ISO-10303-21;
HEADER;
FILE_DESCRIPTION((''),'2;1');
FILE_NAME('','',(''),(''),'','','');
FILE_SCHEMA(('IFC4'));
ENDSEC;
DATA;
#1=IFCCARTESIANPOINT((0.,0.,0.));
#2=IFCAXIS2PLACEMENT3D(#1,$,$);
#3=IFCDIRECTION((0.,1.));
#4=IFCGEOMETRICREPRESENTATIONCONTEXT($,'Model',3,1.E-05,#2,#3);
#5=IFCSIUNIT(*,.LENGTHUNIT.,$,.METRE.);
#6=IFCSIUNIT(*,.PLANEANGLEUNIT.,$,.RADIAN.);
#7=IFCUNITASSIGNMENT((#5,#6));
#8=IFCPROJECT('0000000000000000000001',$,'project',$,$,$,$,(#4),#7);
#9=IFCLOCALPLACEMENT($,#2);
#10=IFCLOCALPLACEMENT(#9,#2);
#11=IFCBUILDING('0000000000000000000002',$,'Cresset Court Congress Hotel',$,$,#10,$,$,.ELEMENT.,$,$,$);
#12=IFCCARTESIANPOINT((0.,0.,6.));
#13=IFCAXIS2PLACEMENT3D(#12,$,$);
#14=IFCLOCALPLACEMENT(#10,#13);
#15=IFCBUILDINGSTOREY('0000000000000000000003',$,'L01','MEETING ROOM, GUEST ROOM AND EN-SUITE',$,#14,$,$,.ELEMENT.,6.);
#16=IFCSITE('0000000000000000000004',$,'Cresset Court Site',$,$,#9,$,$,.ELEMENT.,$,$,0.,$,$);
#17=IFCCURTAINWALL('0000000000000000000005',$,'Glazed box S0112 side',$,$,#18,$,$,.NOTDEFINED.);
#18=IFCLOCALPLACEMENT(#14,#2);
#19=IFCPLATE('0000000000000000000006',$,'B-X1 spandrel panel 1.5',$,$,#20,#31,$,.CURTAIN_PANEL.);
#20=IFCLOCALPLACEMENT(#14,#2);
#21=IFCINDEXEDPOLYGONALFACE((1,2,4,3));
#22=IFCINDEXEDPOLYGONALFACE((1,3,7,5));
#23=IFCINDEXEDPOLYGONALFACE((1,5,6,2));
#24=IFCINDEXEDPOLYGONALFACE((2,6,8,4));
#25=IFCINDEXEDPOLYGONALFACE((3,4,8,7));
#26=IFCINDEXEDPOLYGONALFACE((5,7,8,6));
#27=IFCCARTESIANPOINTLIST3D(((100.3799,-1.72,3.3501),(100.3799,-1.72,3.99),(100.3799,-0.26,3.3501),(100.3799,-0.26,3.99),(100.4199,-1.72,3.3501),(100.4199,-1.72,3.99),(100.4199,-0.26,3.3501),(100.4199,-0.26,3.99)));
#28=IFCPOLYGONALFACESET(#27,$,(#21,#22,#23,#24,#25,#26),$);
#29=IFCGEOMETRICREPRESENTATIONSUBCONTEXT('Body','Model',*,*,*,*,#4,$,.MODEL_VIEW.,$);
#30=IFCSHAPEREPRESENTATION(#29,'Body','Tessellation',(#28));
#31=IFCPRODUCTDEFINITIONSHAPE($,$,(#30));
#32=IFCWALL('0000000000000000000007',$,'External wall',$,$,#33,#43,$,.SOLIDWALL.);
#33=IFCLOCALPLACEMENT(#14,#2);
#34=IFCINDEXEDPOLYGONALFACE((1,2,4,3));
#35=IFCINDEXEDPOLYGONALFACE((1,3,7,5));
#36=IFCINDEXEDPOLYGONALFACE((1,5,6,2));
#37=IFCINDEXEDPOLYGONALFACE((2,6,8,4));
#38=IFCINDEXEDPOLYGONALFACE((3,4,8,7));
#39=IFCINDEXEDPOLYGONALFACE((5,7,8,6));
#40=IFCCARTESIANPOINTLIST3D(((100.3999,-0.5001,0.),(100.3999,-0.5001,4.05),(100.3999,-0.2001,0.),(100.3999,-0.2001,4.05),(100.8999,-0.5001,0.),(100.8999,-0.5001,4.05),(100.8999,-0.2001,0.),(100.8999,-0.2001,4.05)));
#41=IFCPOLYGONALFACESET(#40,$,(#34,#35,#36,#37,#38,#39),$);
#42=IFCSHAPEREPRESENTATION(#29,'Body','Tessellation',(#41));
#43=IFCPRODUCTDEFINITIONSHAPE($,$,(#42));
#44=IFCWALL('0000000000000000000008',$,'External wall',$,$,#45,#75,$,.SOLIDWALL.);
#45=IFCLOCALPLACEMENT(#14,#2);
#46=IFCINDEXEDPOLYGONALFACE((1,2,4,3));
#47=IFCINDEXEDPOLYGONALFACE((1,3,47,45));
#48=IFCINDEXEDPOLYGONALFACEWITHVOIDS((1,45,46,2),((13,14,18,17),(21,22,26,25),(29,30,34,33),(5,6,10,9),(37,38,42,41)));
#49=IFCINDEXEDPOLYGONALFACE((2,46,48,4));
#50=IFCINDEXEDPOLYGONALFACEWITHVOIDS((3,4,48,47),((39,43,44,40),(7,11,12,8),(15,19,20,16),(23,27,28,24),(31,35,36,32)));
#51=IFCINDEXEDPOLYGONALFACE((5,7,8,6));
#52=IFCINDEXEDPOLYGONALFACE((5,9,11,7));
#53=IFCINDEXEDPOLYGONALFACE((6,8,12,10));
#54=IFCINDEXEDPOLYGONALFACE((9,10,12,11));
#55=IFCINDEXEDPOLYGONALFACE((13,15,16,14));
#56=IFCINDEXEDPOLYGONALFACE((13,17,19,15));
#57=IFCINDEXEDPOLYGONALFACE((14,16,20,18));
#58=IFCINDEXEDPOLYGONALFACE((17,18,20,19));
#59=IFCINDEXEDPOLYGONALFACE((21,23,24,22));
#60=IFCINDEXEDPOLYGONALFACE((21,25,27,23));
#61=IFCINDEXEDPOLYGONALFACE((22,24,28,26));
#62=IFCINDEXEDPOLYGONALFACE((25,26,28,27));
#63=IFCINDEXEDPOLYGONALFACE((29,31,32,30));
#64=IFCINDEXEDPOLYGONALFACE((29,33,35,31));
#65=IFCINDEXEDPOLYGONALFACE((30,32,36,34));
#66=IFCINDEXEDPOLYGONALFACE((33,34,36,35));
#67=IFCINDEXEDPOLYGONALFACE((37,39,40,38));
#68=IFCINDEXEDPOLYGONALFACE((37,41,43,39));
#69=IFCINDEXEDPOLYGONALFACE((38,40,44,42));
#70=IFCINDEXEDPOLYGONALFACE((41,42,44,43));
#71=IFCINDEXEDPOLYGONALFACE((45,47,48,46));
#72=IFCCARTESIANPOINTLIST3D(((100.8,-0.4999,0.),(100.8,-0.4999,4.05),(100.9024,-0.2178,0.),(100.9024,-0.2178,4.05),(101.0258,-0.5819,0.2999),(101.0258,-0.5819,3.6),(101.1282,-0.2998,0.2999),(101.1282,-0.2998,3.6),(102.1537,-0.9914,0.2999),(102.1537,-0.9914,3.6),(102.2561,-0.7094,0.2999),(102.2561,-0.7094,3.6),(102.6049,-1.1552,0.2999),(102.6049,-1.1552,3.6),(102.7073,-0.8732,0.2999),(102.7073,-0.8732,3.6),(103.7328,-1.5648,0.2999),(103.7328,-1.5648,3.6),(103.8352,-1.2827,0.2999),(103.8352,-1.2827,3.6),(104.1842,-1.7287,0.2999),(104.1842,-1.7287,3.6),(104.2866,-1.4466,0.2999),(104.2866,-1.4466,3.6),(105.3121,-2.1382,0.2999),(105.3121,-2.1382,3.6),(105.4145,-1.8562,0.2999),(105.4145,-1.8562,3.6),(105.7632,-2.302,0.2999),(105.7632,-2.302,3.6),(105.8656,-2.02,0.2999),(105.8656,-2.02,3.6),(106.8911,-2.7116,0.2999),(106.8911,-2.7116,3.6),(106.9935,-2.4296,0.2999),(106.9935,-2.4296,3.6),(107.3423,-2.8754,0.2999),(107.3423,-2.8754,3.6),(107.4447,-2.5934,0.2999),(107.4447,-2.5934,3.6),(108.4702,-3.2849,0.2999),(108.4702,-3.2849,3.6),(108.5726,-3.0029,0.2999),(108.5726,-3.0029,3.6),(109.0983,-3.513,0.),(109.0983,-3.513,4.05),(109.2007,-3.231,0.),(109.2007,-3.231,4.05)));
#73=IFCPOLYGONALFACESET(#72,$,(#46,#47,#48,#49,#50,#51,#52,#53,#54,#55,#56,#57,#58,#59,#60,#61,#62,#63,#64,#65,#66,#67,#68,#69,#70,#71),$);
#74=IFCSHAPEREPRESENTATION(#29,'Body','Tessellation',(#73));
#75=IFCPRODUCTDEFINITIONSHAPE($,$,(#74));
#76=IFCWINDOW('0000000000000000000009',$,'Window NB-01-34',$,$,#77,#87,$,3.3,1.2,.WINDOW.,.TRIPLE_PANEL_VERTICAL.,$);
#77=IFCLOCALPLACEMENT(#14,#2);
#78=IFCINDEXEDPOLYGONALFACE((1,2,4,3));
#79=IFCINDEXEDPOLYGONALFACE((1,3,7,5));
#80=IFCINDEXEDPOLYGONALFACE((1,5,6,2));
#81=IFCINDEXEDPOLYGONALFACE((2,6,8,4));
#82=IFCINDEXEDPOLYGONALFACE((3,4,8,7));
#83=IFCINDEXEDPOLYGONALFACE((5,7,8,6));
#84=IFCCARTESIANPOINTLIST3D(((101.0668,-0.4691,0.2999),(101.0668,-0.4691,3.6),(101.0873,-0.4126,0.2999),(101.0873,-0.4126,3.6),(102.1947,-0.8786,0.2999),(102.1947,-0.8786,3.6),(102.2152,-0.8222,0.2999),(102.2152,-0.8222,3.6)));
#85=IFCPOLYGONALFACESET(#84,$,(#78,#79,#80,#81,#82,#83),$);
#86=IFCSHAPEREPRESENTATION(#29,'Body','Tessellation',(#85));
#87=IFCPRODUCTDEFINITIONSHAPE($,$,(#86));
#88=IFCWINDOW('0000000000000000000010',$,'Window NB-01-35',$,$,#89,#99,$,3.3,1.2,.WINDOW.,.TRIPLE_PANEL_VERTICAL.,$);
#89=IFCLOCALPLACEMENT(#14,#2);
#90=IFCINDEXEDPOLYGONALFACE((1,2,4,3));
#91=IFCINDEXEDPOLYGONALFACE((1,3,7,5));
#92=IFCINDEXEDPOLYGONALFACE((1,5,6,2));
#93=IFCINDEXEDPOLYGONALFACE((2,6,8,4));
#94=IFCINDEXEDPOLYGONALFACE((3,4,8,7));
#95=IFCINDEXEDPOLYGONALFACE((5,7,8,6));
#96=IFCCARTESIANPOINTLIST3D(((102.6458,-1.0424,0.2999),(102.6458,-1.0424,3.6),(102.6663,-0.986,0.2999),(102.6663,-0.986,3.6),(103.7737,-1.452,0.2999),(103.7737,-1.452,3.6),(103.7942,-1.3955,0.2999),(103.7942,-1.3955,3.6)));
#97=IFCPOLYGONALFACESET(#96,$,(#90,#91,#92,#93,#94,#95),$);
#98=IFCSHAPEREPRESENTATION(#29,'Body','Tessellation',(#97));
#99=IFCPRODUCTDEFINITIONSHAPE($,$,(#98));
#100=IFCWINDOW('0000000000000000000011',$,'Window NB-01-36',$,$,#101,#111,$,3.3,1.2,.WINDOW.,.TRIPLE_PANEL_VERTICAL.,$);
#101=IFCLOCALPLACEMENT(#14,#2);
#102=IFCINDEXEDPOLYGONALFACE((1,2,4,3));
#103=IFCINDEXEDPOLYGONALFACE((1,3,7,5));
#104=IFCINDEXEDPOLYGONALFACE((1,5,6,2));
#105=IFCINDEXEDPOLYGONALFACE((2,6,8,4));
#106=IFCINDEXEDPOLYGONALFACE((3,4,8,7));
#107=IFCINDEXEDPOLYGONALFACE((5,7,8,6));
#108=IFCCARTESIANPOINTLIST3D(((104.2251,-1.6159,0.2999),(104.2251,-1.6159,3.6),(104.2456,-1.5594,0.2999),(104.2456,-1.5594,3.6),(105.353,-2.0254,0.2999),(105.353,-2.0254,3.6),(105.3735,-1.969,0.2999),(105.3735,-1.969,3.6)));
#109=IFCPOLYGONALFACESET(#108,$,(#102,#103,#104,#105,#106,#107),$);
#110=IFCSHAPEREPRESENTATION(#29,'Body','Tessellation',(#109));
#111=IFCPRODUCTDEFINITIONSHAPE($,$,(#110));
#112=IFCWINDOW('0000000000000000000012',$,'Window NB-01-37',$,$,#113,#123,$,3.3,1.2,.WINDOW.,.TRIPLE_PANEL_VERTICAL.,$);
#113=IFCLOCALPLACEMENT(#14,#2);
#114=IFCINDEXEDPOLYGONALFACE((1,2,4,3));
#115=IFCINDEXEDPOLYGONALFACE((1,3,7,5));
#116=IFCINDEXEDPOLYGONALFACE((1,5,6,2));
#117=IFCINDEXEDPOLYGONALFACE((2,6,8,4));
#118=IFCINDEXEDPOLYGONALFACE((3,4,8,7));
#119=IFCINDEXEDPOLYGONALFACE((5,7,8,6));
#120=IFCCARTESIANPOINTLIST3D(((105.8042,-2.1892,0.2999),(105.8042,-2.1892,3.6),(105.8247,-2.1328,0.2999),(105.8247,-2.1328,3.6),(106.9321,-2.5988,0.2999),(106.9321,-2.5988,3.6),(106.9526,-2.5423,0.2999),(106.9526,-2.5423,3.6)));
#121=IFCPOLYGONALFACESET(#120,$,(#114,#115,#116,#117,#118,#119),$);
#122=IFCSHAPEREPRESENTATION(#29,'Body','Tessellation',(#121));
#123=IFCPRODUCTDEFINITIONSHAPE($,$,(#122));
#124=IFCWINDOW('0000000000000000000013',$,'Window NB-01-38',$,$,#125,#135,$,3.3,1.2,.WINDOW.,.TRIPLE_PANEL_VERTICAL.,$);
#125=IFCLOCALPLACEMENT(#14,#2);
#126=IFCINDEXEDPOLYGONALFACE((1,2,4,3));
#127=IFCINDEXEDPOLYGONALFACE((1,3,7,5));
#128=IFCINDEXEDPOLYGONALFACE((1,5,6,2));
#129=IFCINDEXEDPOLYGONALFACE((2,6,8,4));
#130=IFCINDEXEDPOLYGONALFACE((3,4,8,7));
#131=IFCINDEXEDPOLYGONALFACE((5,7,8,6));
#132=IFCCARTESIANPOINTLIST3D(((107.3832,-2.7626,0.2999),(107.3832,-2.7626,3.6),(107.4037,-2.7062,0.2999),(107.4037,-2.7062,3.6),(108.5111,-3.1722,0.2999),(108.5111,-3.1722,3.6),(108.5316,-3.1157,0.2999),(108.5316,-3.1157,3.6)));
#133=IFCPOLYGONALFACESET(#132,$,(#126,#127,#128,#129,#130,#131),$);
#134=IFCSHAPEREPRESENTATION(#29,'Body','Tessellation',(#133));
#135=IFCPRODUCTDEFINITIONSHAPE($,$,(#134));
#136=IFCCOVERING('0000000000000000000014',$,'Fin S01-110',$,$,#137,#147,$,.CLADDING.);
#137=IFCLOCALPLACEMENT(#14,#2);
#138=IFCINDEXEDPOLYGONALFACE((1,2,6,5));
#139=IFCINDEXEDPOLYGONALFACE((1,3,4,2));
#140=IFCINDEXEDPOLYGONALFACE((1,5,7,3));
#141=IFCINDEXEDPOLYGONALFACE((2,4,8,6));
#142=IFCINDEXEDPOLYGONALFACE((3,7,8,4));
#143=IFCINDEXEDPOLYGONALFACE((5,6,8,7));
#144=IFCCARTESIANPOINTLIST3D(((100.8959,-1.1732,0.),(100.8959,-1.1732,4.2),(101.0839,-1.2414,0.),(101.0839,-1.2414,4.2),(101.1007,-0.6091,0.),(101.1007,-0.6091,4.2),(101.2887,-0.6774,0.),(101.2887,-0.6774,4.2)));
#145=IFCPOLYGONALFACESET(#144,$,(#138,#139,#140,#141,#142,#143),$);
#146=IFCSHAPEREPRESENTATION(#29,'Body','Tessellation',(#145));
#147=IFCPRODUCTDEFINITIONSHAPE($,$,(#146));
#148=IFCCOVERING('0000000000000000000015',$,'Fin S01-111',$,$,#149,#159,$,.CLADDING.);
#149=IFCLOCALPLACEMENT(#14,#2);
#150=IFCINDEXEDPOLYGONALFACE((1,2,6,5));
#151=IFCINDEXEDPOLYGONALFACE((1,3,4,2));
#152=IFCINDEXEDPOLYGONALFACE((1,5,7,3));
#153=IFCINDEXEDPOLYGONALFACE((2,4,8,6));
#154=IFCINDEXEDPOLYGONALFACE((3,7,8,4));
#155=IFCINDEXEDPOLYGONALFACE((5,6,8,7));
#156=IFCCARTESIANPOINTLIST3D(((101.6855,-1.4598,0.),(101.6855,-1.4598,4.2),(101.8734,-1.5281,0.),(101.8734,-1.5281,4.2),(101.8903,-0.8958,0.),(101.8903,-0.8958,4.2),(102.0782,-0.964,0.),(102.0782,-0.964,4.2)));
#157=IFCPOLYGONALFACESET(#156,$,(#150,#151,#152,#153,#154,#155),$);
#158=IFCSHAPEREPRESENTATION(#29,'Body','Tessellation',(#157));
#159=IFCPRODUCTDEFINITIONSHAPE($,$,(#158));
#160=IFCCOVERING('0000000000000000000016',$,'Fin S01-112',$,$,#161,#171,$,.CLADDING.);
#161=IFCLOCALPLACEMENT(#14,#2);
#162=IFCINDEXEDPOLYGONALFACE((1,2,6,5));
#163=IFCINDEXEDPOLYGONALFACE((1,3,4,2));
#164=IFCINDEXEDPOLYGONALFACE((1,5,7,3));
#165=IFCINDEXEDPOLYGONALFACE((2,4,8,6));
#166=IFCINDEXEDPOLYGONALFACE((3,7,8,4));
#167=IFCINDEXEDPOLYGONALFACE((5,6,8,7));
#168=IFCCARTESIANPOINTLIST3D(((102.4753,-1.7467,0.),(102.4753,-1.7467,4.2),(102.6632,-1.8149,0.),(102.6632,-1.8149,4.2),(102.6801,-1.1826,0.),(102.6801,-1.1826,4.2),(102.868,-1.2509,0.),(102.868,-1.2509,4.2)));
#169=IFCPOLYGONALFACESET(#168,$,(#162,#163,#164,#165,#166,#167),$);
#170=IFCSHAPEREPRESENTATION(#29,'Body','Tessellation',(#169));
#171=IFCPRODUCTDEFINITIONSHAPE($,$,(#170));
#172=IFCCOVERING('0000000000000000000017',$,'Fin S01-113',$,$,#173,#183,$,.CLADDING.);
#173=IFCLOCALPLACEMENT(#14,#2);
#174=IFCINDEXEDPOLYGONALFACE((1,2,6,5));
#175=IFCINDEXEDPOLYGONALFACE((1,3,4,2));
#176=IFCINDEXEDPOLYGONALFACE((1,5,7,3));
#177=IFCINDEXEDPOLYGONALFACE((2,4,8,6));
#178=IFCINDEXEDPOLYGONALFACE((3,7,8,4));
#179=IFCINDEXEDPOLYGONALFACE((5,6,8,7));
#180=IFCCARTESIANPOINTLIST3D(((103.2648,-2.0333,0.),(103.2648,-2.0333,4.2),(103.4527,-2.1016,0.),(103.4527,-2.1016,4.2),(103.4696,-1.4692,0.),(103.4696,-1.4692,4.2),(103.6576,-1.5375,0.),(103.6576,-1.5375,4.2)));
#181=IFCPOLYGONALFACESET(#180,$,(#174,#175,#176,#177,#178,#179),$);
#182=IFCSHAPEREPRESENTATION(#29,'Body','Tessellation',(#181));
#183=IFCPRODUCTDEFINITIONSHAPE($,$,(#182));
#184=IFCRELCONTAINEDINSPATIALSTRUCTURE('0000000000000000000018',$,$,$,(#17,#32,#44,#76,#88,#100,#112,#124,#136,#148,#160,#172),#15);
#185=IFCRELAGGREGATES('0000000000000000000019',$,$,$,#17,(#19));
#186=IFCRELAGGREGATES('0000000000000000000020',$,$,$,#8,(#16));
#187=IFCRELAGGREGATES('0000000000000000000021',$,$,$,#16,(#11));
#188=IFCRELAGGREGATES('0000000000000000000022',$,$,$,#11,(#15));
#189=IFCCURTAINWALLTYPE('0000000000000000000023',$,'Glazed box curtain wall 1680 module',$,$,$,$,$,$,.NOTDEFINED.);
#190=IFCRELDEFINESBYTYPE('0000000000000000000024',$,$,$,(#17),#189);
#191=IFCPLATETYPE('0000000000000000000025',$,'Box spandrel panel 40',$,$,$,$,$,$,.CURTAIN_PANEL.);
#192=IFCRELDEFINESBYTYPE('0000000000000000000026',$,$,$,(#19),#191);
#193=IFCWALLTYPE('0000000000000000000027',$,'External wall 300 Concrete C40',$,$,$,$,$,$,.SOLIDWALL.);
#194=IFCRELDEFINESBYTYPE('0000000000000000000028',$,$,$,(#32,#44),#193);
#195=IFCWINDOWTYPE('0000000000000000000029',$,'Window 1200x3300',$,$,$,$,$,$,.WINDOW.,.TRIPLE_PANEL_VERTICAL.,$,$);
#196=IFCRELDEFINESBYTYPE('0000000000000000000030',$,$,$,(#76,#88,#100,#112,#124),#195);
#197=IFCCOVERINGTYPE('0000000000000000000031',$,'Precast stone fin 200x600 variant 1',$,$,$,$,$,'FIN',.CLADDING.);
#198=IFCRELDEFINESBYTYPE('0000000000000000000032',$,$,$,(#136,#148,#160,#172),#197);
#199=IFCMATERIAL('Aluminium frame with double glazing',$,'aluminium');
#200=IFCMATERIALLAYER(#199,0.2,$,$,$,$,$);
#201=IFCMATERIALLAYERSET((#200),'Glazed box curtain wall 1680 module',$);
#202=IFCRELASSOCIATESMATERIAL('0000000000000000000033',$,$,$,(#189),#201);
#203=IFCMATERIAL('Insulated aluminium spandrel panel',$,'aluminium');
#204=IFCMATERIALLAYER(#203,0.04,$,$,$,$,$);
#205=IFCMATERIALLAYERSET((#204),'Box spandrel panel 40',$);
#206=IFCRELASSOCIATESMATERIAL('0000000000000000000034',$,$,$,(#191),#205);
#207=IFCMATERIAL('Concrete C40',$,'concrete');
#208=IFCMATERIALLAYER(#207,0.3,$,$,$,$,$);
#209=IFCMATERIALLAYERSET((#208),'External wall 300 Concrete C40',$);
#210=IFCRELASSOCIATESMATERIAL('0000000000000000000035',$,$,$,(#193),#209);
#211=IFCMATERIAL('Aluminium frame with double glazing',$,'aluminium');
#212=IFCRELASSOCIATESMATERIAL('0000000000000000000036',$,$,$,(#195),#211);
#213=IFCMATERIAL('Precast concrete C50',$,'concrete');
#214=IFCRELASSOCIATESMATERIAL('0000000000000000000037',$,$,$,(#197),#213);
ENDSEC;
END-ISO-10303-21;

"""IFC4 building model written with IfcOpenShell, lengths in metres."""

from ifc_helpers import new_model, si_unit, direction, frame, frame_2d, origin, origin_2d, place, context, subcontext, project, spatial, rectangle, extrude, material, layer, layer_set, type_object, element, fill, aggregate, save


model = new_model("IFC4")

# Units and contexts
model_context = context("Model", 3, precision=1e-05, world=origin(), true_north=direction((0.0, 1.0)))
body_context = subcontext(model_context, "Body", "Model", "MODEL_VIEW")
ifc_project = project(units=[si_unit("LENGTHUNIT", "METRE"), si_unit("PLANEANGLEUNIT", "RADIAN")], contexts=[model_context])

# Site, building, storey
site_placement = place(None, origin())
site = spatial("IfcSite", under=ifc_project, at=site_placement, Name="Cresset Court Site", CompositionType="ELEMENT", RefElevation=0.0)
building_placement = place(site_placement, origin())
building = spatial("IfcBuilding", under=site, at=building_placement, Name="Cresset Court Congress Hotel", CompositionType="ELEMENT")
storey_placement = place(building_placement, frame((0.0, 0.0, 6.0)))
storey = spatial("IfcBuildingStorey", under=building, at=storey_placement, Name="L01", Description="MEETING ROOM, GUEST ROOM AND EN-SUITE", CompositionType="ELEMENT", Elevation=6.0)

# Curtain wall
ifc_material_1 = material(Name="Aluminium frame with double glazing", Category="aluminium")
ifc_layer_1 = layer(ifc_material_1, 0.2)
ifc_layer_set_1 = layer_set([ifc_layer_1], Name="Glazed box curtain wall 1680 module")
curtain_wall_type = type_object("IfcCurtainWallType", Name="Glazed box curtain wall 1680 module", PredefinedType="NOTDEFINED", material=ifc_layer_set_1)
curtain_wall_placement = place(storey_placement, origin())
curtain_wall = element("IfcCurtainWall", 1, at=curtain_wall_placement, inside=storey, type_object=curtain_wall_type, Name="Glazed box S0112 side", PredefinedType="NOTDEFINED")

# Plate
ifc_material_2 = material(Name="Insulated aluminium spandrel panel", Category="aluminium")
ifc_layer_2 = layer(ifc_material_2, 0.04)
ifc_layer_set_2 = layer_set([ifc_layer_2], Name="Box spandrel panel 40")
plate_type = type_object("IfcPlateType", Name="Box spandrel panel 40", PredefinedType="CURTAIN_PANEL", material=ifc_layer_set_2)
plate_placement = place(storey_placement, frame((100.3999, -0.99, 3.3501), z_axis=(0.0, 0.0, 1.0), x_axis=(0.0, -1.0, 0.0)))
plate = element("IfcPlate", 2, at=plate_placement, type_object=plate_type, Name="B-X1 spandrel panel 1.5", PredefinedType="CURTAIN_PANEL", context=body_context, shape_type="SweptSolid", body=[
    extrude(rectangle(XDim=1.46, YDim=0.04, at=origin_2d()), origin(), (0.0, 0.0, 1.0), 0.6399),
])
aggregate(curtain_wall, [plate])

# Wall
ifc_material_3 = material(Name="Concrete C40", Category="concrete")
ifc_layer_3 = layer(ifc_material_3, 0.3)
ifc_layer_set_3 = layer_set([ifc_layer_3], Name="External wall 300 Concrete C40")
wall_type = type_object("IfcWallType", Name="External wall 300 Concrete C40", PredefinedType="SOLIDWALL", material=ifc_layer_set_3)
wall_1_placement = place(storey_placement, frame((100.3999, -0.3501, 0.0), z_axis=(0.0, 0.0, 1.0), x_axis=(1.0, 0.0, 0.0)))
element("IfcWall", 3, at=wall_1_placement, inside=storey, type_object=wall_type, Name="External wall", PredefinedType="SOLIDWALL", context=body_context, shape_type="SweptSolid", body=[
    extrude(rectangle(XDim=0.5, YDim=0.3, at=frame_2d((0.25, 0.0))), origin(), (0.0, 0.0, 1.0), 4.05),
])

# Wall, openings, windows
wall_2_placement = place(storey_placement, frame((100.8513, -0.3589, 0.0), z_axis=(0.0, 0.0, 1.0), x_axis=(0.939953, -0.341303, 0.0)))
wall_2 = element("IfcWall", 4, at=wall_2_placement, inside=storey, type_object=wall_type, Name="External wall", PredefinedType="SOLIDWALL", context=body_context, shape_type="SweptSolid", body=[
    extrude(rectangle(XDim=8.8284, YDim=0.3, at=frame_2d((4.4141, 0.0))), origin(), (0.0, 0.0, 1.0), 4.05),
])
opening_1_placement = place(wall_2_placement, frame((0.24, 0.0, 0.3)))
opening_1 = element("IfcOpeningElement", 5, at=opening_1_placement, cuts=wall_2, PredefinedType="OPENING", context=body_context, shape_type="SweptSolid", body=[
    extrude(rectangle(XDim=1.2, YDim=3.3, at=frame_2d((0.6001, 1.6499))), frame((0.0, 0.1599, 0.0), z_axis=(0.0, -1.0, 0.0), x_axis=(1.0, 0.0, 0.0)), (0.0, 0.0, 1.0), 0.3201),
])
opening_2_placement = place(wall_2_placement, frame((1.9199, 0.0, 0.3)))
opening_2 = element("IfcOpeningElement", 6, at=opening_2_placement, cuts=wall_2, PredefinedType="OPENING", context=body_context, shape_type="SweptSolid", body=[
    extrude(rectangle(XDim=1.2, YDim=3.3, at=frame_2d((0.6001, 1.6499))), frame((0.0, 0.1599, 0.0), z_axis=(0.0, -1.0, 0.0), x_axis=(1.0, 0.0, 0.0)), (0.0, 0.0, 1.0), 0.3201),
])
opening_3_placement = place(wall_2_placement, frame((3.6001, 0.0, 0.3)))
opening_3 = element("IfcOpeningElement", 7, at=opening_3_placement, cuts=wall_2, PredefinedType="OPENING", context=body_context, shape_type="SweptSolid", body=[
    extrude(rectangle(XDim=1.2, YDim=3.3, at=frame_2d((0.6001, 1.6499))), frame((0.0, 0.1599, 0.0), z_axis=(0.0, -1.0, 0.0), x_axis=(1.0, 0.0, 0.0)), (0.0, 0.0, 1.0), 0.3201),
])
opening_4_placement = place(wall_2_placement, frame((5.28, 0.0, 0.3)))
opening_4 = element("IfcOpeningElement", 8, at=opening_4_placement, cuts=wall_2, PredefinedType="OPENING", context=body_context, shape_type="SweptSolid", body=[
    extrude(rectangle(XDim=1.2, YDim=3.3, at=frame_2d((0.6001, 1.6499))), frame((0.0, 0.1599, 0.0), z_axis=(0.0, -1.0, 0.0), x_axis=(1.0, 0.0, 0.0)), (0.0, 0.0, 1.0), 0.3201),
])
opening_5_placement = place(wall_2_placement, frame((6.96, 0.0, 0.3)))
opening_5 = element("IfcOpeningElement", 9, at=opening_5_placement, cuts=wall_2, PredefinedType="OPENING", context=body_context, shape_type="SweptSolid", body=[
    extrude(rectangle(XDim=1.2, YDim=3.3, at=frame_2d((0.6001, 1.6499))), frame((0.0, 0.1599, 0.0), z_axis=(0.0, -1.0, 0.0), x_axis=(1.0, 0.0, 0.0)), (0.0, 0.0, 1.0), 0.3201),
])
ifc_material_4 = material(Name="Aluminium frame with double glazing", Category="aluminium")
window_type = type_object("IfcWindowType", Name="Window 1200x3300", PartitioningType="TRIPLE_PANEL_VERTICAL", PredefinedType="WINDOW", material=ifc_material_4)
window_1_placement = place(opening_1_placement, origin())
window_1 = element("IfcWindow", 10, at=window_1_placement, inside=storey, type_object=window_type, Name="Window NB-01-34", OverallHeight=3.3, OverallWidth=1.2, PartitioningType="TRIPLE_PANEL_VERTICAL", PredefinedType="WINDOW", context=body_context, shape_type="SweptSolid", body=[
    extrude(rectangle(XDim=1.2, YDim=3.3, at=frame_2d((0.6001, 1.6499))), frame((0.0, 0.03, 0.0), z_axis=(0.0, -1.0, 0.0), x_axis=(1.0, 0.0, 0.0)), (0.0, 0.0, 1.0), 0.0601),
])
fill(opening_1, window_1)
window_2_placement = place(opening_2_placement, origin())
window_2 = element("IfcWindow", 11, at=window_2_placement, inside=storey, type_object=window_type, Name="Window NB-01-35", OverallHeight=3.3, OverallWidth=1.2, PartitioningType="TRIPLE_PANEL_VERTICAL", PredefinedType="WINDOW", context=body_context, shape_type="SweptSolid", body=[
    extrude(rectangle(XDim=1.2, YDim=3.3, at=frame_2d((0.6001, 1.6499))), frame((0.0, 0.03, 0.0), z_axis=(0.0, -1.0, 0.0), x_axis=(1.0, 0.0, 0.0)), (0.0, 0.0, 1.0), 0.0601),
])
fill(opening_2, window_2)
window_3_placement = place(opening_3_placement, origin())
window_3 = element("IfcWindow", 12, at=window_3_placement, inside=storey, type_object=window_type, Name="Window NB-01-36", OverallHeight=3.3, OverallWidth=1.2, PartitioningType="TRIPLE_PANEL_VERTICAL", PredefinedType="WINDOW", context=body_context, shape_type="SweptSolid", body=[
    extrude(rectangle(XDim=1.2, YDim=3.3, at=frame_2d((0.6001, 1.6499))), frame((0.0, 0.03, 0.0), z_axis=(0.0, -1.0, 0.0), x_axis=(1.0, 0.0, 0.0)), (0.0, 0.0, 1.0), 0.0601),
])
fill(opening_3, window_3)
window_4_placement = place(opening_4_placement, origin())
window_4 = element("IfcWindow", 13, at=window_4_placement, inside=storey, type_object=window_type, Name="Window NB-01-37", OverallHeight=3.3, OverallWidth=1.2, PartitioningType="TRIPLE_PANEL_VERTICAL", PredefinedType="WINDOW", context=body_context, shape_type="SweptSolid", body=[
    extrude(rectangle(XDim=1.2, YDim=3.3, at=frame_2d((0.6001, 1.6499))), frame((0.0, 0.03, 0.0), z_axis=(0.0, -1.0, 0.0), x_axis=(1.0, 0.0, 0.0)), (0.0, 0.0, 1.0), 0.0601),
])
fill(opening_4, window_4)
window_5_placement = place(opening_5_placement, origin())
window_5 = element("IfcWindow", 14, at=window_5_placement, inside=storey, type_object=window_type, Name="Window NB-01-38", OverallHeight=3.3, OverallWidth=1.2, PartitioningType="TRIPLE_PANEL_VERTICAL", PredefinedType="WINDOW", context=body_context, shape_type="SweptSolid", body=[
    extrude(rectangle(XDim=1.2, YDim=3.3, at=frame_2d((0.6001, 1.6499))), frame((0.0, 0.03, 0.0), z_axis=(0.0, -1.0, 0.0), x_axis=(1.0, 0.0, 0.0)), (0.0, 0.0, 1.0), 0.0601),
])
fill(opening_5, window_5)

# Coverings
ifc_material_5 = material(Name="Precast concrete C50", Category="concrete")
covering_type_1 = type_object("IfcCoveringType", Name="Precast stone fin 200x600 variant 1", ElementType="FIN", PredefinedType="CLADDING", material=ifc_material_5)
for number, where, z_axis, x_axis, name in (
    (15, (101.0923, -0.9253, 0.0), (0.0, 0.0, 1.0), (0.939957, -0.341293, 0.0), "Fin S01-110"),
    (16, (101.8818, -1.2119, 0.0), (0.0, 0.0, 1.0), (0.939957, -0.341293, 0.0), "Fin S01-111"),
    (17, (102.6716, -1.4988, 0.0), (0.0, 0.0, 1.0), (0.939957, -0.341293, 0.0), "Fin S01-112"),
    (18, (103.4612, -1.7854, 0.0), (0.0, 0.0, 1.0), (0.939957, -0.341293, 0.0), "Fin S01-113"),
):
    element("IfcCovering", number, at=place(storey_placement, frame(where, z_axis=z_axis, x_axis=x_axis)), inside=storey, type_object=covering_type_1, Name=name, PredefinedType="CLADDING", context=body_context, shape_type="SweptSolid", body=[
        extrude(rectangle(XDim=0.2, YDim=0.6001, at=origin_2d()), origin(), (0.0, 0.0, 1.0), 4.2),
    ])

save(model, "model.ifc")
